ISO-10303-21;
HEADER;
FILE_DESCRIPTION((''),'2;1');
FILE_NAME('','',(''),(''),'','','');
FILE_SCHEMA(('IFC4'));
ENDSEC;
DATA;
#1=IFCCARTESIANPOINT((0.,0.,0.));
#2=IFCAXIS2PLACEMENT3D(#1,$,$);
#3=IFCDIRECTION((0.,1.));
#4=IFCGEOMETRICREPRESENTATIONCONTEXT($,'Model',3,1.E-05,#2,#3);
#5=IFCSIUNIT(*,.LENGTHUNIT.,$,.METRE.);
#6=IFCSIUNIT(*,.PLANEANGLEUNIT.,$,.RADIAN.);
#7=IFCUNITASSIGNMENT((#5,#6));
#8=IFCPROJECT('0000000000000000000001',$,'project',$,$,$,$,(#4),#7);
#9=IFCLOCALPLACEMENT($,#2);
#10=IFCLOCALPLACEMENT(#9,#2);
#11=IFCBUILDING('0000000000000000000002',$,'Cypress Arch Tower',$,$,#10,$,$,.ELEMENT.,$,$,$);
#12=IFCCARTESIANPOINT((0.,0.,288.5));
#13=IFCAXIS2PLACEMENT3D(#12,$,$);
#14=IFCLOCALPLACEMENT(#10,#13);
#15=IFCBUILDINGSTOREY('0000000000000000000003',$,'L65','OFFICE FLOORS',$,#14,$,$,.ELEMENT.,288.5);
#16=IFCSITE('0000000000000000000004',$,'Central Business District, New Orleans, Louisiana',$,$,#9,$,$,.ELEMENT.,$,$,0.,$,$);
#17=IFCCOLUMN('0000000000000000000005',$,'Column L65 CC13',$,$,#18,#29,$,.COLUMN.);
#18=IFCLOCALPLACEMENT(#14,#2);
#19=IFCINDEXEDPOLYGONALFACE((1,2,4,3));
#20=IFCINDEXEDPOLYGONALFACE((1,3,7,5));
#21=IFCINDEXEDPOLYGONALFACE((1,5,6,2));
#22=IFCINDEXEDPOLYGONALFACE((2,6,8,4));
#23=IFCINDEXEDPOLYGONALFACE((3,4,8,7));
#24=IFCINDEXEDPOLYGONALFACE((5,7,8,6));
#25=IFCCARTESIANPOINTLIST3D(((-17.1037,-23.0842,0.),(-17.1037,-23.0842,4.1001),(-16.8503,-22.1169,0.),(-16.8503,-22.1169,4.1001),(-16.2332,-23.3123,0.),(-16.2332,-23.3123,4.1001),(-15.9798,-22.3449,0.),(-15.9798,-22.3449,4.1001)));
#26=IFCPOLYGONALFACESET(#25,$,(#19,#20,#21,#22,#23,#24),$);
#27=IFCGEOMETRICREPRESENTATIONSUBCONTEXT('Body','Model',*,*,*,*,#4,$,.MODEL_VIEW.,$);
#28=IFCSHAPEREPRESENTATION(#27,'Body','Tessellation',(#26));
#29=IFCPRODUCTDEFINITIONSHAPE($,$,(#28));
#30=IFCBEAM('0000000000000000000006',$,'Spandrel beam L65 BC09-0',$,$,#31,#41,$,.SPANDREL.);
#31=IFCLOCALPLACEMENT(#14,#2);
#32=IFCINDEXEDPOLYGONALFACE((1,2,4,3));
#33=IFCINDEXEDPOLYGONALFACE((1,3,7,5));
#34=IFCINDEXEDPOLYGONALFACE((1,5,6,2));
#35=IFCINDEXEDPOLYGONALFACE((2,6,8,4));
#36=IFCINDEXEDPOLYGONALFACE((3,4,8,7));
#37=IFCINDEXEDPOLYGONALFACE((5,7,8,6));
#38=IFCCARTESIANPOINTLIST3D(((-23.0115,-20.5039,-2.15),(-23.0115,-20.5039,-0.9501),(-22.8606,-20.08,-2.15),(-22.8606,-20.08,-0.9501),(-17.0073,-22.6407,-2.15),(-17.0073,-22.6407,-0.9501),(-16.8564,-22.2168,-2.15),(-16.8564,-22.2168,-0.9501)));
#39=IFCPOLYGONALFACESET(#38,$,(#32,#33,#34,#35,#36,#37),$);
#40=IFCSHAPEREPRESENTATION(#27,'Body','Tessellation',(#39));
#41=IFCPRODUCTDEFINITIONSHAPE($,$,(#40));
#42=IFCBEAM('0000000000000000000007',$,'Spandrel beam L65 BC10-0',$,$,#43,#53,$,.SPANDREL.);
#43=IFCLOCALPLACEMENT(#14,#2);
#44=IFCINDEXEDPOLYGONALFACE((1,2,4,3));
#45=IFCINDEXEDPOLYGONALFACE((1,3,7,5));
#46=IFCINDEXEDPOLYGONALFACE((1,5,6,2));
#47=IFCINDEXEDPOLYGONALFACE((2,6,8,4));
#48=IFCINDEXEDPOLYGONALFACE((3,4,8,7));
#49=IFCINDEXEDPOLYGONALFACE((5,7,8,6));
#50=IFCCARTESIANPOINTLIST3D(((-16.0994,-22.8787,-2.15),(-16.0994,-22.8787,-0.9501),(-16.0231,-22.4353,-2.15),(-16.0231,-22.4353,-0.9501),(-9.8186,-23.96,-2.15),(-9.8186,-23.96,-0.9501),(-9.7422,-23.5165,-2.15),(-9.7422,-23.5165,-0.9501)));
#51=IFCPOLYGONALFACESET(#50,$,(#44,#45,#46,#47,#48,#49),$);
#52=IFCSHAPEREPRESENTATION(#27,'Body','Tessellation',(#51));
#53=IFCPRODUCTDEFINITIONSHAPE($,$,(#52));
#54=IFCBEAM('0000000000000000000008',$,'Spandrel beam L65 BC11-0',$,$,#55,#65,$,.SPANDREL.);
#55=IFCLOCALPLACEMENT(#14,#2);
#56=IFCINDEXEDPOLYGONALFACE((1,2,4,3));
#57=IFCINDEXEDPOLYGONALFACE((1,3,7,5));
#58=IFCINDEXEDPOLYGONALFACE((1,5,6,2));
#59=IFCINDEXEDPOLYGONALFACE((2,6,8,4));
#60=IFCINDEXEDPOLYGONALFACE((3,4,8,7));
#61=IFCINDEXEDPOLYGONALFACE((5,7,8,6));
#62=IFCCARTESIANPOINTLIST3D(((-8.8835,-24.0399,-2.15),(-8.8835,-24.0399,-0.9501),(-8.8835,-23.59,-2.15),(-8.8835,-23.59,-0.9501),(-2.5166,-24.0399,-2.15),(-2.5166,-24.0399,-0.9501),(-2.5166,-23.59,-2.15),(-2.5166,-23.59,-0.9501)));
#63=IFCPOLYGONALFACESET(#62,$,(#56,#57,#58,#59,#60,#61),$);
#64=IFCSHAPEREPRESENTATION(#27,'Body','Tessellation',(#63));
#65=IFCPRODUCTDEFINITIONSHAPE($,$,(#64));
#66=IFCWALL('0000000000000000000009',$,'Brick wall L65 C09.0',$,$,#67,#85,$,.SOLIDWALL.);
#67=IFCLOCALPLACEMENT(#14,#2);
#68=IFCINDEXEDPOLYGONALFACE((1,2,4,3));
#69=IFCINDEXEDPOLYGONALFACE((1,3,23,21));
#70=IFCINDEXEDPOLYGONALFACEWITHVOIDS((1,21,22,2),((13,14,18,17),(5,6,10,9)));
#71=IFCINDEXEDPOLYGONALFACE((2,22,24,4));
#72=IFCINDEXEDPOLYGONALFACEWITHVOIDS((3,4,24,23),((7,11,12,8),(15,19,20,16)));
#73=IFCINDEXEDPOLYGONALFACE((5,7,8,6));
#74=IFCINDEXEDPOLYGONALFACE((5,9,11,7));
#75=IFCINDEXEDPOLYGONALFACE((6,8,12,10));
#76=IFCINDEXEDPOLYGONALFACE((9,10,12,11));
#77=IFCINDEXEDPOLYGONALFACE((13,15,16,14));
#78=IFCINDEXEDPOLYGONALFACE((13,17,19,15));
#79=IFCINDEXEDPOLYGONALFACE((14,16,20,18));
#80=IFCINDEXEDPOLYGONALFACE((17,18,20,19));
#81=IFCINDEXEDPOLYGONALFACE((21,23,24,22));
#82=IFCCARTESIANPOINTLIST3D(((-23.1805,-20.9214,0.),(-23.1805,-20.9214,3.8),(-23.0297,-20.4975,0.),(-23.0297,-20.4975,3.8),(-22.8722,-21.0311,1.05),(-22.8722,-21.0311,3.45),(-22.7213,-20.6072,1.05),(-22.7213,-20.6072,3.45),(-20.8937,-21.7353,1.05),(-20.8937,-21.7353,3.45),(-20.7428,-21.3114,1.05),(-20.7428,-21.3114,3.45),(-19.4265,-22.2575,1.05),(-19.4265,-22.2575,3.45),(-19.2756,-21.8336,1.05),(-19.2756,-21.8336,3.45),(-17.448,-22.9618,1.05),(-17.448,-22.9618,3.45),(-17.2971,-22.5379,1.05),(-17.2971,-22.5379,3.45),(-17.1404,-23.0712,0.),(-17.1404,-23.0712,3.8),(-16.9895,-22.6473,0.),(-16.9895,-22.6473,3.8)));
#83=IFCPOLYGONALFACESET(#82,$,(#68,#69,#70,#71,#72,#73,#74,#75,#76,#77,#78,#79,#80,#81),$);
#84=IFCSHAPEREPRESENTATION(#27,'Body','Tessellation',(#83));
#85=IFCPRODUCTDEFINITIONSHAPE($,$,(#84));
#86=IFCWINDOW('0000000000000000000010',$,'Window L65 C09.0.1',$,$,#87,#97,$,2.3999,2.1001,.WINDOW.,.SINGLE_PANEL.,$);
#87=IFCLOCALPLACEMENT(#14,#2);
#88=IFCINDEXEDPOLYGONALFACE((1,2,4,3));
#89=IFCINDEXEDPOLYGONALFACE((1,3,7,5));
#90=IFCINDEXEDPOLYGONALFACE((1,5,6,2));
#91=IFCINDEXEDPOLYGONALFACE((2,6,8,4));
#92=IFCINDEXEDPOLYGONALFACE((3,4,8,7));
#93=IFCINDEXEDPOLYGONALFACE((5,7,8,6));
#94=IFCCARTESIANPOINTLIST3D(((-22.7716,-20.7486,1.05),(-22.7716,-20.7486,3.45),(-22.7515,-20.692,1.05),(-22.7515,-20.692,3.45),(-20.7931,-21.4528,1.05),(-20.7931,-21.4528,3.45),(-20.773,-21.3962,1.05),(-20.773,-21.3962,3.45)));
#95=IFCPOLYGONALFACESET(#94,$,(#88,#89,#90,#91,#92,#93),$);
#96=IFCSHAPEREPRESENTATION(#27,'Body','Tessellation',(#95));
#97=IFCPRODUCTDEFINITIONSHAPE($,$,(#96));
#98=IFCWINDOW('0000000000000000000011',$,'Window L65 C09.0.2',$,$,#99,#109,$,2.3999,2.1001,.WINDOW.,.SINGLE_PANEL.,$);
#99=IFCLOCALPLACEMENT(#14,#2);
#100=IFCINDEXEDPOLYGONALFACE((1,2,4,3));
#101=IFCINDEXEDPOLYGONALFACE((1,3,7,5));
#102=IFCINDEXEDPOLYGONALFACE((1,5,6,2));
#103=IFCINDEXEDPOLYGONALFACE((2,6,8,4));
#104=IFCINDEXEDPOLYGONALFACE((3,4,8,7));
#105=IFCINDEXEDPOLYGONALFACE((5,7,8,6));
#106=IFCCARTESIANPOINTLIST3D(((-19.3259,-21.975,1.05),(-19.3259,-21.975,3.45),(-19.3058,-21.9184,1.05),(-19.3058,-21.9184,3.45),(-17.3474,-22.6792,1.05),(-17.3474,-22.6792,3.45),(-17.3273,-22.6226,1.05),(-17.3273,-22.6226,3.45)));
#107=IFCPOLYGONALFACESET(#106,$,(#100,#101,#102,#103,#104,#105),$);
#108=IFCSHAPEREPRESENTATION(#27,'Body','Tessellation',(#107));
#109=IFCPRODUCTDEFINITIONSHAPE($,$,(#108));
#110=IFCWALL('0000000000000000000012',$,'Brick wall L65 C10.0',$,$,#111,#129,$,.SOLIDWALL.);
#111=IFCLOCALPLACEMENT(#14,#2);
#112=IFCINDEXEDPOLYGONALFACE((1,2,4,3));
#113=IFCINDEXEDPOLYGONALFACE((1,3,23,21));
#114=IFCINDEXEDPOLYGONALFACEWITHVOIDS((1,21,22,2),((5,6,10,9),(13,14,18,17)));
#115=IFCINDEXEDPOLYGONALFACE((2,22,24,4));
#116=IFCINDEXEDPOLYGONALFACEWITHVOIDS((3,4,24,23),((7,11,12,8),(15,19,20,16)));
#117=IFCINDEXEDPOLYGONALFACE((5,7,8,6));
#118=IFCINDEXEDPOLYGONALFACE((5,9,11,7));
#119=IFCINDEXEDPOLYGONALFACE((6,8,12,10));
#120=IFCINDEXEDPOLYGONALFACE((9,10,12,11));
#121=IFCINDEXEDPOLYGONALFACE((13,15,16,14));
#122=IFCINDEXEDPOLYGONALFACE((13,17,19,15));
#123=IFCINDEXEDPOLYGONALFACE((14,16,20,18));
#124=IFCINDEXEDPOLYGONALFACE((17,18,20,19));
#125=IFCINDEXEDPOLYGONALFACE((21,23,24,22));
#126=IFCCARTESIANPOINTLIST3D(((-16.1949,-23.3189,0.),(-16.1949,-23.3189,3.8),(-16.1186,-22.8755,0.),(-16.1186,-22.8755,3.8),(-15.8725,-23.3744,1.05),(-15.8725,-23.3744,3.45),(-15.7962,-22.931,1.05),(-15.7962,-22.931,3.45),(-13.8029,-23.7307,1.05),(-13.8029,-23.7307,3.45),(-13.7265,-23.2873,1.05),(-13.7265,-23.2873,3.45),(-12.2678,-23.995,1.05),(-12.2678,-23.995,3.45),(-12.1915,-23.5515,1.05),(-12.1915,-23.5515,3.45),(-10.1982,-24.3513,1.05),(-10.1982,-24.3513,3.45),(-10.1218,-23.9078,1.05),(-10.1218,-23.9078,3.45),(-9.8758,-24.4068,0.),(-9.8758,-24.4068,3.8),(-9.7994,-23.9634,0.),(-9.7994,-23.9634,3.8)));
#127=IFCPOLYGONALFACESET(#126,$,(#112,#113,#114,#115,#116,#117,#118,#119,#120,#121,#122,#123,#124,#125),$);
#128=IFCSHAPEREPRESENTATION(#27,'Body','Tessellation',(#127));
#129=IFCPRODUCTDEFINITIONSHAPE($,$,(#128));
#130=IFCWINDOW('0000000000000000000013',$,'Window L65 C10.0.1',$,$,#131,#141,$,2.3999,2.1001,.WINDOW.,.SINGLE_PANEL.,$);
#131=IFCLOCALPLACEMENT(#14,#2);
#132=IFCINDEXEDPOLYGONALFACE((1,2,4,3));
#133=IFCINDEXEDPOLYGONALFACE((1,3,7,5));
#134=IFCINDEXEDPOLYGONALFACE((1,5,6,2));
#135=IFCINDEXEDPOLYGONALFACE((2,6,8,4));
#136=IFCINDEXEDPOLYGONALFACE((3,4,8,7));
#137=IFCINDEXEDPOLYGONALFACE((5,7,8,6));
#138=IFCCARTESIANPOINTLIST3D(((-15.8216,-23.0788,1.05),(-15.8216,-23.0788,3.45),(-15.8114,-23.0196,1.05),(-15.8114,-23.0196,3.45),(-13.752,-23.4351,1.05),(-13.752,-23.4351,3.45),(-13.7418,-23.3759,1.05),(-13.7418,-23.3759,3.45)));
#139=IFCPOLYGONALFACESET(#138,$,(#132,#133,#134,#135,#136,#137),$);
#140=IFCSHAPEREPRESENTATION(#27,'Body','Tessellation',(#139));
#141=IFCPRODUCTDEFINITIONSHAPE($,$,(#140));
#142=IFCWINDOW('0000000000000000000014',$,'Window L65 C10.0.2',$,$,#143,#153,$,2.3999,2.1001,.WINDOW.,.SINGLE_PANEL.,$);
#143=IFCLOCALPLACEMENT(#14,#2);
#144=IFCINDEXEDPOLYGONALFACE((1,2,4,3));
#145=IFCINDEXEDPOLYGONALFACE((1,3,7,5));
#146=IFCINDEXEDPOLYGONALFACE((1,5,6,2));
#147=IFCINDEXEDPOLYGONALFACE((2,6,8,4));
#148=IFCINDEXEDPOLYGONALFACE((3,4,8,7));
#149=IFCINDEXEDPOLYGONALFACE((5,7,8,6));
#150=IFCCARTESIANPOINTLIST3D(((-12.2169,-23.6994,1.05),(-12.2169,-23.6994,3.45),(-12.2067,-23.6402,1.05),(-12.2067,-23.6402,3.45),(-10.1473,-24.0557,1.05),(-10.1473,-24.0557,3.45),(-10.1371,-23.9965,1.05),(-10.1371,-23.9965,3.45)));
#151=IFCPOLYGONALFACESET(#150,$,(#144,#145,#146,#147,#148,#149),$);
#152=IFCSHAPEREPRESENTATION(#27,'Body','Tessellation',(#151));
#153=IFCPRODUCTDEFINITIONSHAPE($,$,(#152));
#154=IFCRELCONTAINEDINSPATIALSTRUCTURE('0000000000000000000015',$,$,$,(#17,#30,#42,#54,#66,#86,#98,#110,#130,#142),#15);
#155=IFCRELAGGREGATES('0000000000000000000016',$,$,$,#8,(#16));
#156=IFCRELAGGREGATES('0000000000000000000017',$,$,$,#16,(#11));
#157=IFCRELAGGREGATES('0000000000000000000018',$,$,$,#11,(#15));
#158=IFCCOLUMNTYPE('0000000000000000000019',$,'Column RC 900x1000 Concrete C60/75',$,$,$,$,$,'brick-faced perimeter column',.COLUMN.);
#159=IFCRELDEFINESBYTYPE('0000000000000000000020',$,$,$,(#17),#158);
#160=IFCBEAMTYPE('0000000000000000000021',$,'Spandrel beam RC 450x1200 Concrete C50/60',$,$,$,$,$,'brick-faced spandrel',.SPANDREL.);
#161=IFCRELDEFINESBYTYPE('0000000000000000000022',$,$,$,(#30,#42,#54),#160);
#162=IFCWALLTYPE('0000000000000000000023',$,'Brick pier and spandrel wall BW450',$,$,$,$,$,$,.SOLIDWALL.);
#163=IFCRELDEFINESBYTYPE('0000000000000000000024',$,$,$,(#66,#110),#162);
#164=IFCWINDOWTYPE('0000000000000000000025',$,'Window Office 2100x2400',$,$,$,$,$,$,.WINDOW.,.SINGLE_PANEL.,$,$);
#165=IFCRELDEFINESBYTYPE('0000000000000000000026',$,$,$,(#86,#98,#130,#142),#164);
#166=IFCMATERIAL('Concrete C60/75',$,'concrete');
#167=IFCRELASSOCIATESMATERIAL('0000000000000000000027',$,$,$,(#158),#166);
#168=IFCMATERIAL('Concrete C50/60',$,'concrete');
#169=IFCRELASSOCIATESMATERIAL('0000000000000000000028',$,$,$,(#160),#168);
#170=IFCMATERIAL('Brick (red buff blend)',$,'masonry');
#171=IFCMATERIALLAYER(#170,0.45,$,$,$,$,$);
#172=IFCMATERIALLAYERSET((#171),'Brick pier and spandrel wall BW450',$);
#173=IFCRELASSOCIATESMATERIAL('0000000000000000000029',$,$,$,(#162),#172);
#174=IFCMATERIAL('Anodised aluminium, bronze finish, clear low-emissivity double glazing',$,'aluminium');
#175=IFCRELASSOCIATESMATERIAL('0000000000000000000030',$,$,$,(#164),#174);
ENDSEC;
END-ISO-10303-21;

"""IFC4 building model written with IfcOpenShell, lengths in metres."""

from ifc_helpers import new_model, si_unit, direction, frame, frame_2d, origin, origin_2d, place, context, subcontext, project, spatial, rectangle, extrude, material, layer, layer_set, material_profile, profile_set, type_object, element, fill, save


model = new_model("IFC4")

# Units and contexts
model_context = context("Model", 3, precision=1e-05, world=origin(), true_north=direction((0.0, 1.0)))
body_context = subcontext(model_context, "Body", "Model", "MODEL_VIEW")
ifc_project = project(units=[si_unit("LENGTHUNIT", "METRE"), si_unit("PLANEANGLEUNIT", "RADIAN")], contexts=[model_context])

# Site, building, storey
site_placement = place(None, origin())
site = spatial("IfcSite", under=ifc_project, at=site_placement, Name="Central Business District, New Orleans, Louisiana", CompositionType="ELEMENT", RefElevation=0.0)
building_placement = place(site_placement, origin())
building = spatial("IfcBuilding", under=site, at=building_placement, Name="Cypress Arch Tower", CompositionType="ELEMENT")
storey_placement = place(building_placement, frame((0.0, 0.0, 288.5)))
storey = spatial("IfcBuildingStorey", under=building, at=storey_placement, Name="L65", Description="OFFICE FLOORS", CompositionType="ELEMENT", Elevation=288.5)

# Column
ifc_material_1 = material(Name="Concrete C60/75", Category="concrete")
ifc_material_profile_1 = material_profile(ifc_material_1, rectangle(XDim=0.8999, YDim=1.0, at=origin_2d()), Name="RC 900x1000")
ifc_profile_set_1 = profile_set([ifc_material_profile_1], Name="Concrete C60/75")
column_type = type_object("IfcColumnType", Name="Column RC 900x1000 Concrete C60/75", ElementType="brick-faced perimeter column", PredefinedType="COLUMN", material=ifc_profile_set_1)
column_placement = place(storey_placement, frame((-16.5417, -22.7146, 0.0), z_axis=(0.0, 0.0, 1.0), x_axis=(0.967356, -0.253422, 0.0)))
element("IfcColumn", 1, at=column_placement, inside=storey, type_object=column_type, Name="Column L65 CC13", PredefinedType="COLUMN", context=body_context, shape_type="SweptSolid", body=[
    extrude(rectangle(XDim=0.8999, YDim=1.0, at=origin_2d()), origin(), (0.0, 0.0, 1.0), 4.1001),
])

# Beams
ifc_material_2 = material(Name="Concrete C50/60", Category="concrete")
ifc_material_profile_2 = material_profile(ifc_material_2, rectangle(XDim=0.45, YDim=1.2, at=origin_2d()), Name="RC 450x1200")
ifc_profile_set_2 = profile_set([ifc_material_profile_2], Name="Concrete C50/60")
beam_type = type_object("IfcBeamType", Name="Spandrel beam RC 450x1200 Concrete C50/60", ElementType="brick-faced spandrel", PredefinedType="SPANDREL", material=ifc_profile_set_2)
beam_1_placement = place(storey_placement, frame((-22.936, -20.292, -1.55), z_axis=(0.94212, -0.335276, 0.0), x_axis=(0.335276, 0.94212, 0.0)))
element("IfcBeam", 2, at=beam_1_placement, inside=storey, type_object=beam_type, Name="Spandrel beam L65 BC09-0", PredefinedType="SPANDREL", context=body_context, shape_type="SweptSolid", body=[
    extrude(rectangle(XDim=0.45, YDim=1.2, at=origin_2d()), origin(), (0.0, 0.0, 1.0), 6.373),
])
beam_2_placement = place(storey_placement, frame((-16.0613, -22.657, -1.55), z_axis=(0.985503, -0.169658, 0.0), x_axis=(0.169658, 0.985503, 0.0)))
element("IfcBeam", 3, at=beam_2_placement, inside=storey, type_object=beam_type, Name="Spandrel beam L65 BC10-0", PredefinedType="SPANDREL", context=body_context, shape_type="SweptSolid", body=[
    extrude(rectangle(XDim=0.45, YDim=1.2, at=origin_2d()), origin(), (0.0, 0.0, 1.0), 6.3733),
])
beam_3_placement = place(storey_placement, frame((-8.8835, -23.8149, -1.55), z_axis=(1.0, 0.0, 0.0), x_axis=(0.0, 1.0, 0.0)))
element("IfcBeam", 4, at=beam_3_placement, inside=storey, type_object=beam_type, Name="Spandrel beam L65 BC11-0", PredefinedType="SPANDREL", context=body_context, shape_type="SweptSolid", body=[
    extrude(rectangle(XDim=0.45, YDim=1.2, at=origin_2d()), origin(), (0.0, 0.0, 1.0), 6.3669),
])

# Walls, openings, windows
ifc_material_3 = material(Name="Brick (red buff blend)", Category="masonry")
ifc_layer_1 = layer(ifc_material_3, 0.45)
ifc_layer_set_1 = layer_set([ifc_layer_1], Name="Brick pier and spandrel wall BW450")
wall_type_1 = type_object("IfcWallType", Name="Brick pier and spandrel wall BW450", PredefinedType="SOLIDWALL", material=ifc_layer_set_1)
wall_1_placement = place(storey_placement, frame((-23.105, -20.7095, 0.0), z_axis=(0.0, 0.0, 1.0), x_axis=(0.942104, -0.335321, 0.0)))
wall_1 = element("IfcWall", 5, at=wall_1_placement, inside=storey, type_object=wall_type_1, Name="Brick wall L65 C09.0", PredefinedType="SOLIDWALL", context=body_context, shape_type="SweptSolid", body=[
    extrude(rectangle(XDim=6.4114, YDim=0.45, at=frame_2d((3.2056, 0.0))), origin(), (0.0, 0.0, 1.0), 3.8),
])
opening_1_placement = place(wall_1_placement, frame((0.3271, 0.0, 1.05)))
opening_1 = element("IfcOpeningElement", 6, at=opening_1_placement, cuts=wall_1, PredefinedType="OPENING", context=body_context, shape_type="SweptSolid", body=[
    extrude(rectangle(XDim=2.1001, YDim=2.3999, at=frame_2d((1.05, 1.2))), frame((0.0, 0.2349, 0.0), z_axis=(0.0, -1.0, 0.0), x_axis=(1.0, 0.0, 0.0)), (0.0, 0.0, 1.0), 0.47),
])
opening_2_placement = place(wall_1_placement, frame((3.9846, 0.0, 1.05)))
opening_2 = element("IfcOpeningElement", 7, at=opening_2_placement, cuts=wall_1, PredefinedType="OPENING", context=body_context, shape_type="SweptSolid", body=[
    extrude(rectangle(XDim=2.1001, YDim=2.3999, at=frame_2d((1.05, 1.2))), frame((0.0, 0.2349, 0.0), z_axis=(0.0, -1.0, 0.0), x_axis=(1.0, 0.0, 0.0)), (0.0, 0.0, 1.0), 0.47),
])
ifc_material_4 = material(Name="Anodised aluminium, bronze finish, clear low-emissivity double glazing", Category="aluminium")
window_type = type_object("IfcWindowType", Name="Window Office 2100x2400", PartitioningType="SINGLE_PANEL", PredefinedType="WINDOW", material=ifc_material_4)
window_1_placement = place(opening_1_placement, origin())
window_1 = element("IfcWindow", 8, at=window_1_placement, inside=storey, type_object=window_type, Name="Window L65 C09.0.1", OverallHeight=2.3999, OverallWidth=2.1001, PartitioningType="SINGLE_PANEL", PredefinedType="WINDOW", context=body_context, shape_type="SweptSolid", body=[
    extrude(rectangle(XDim=2.1001, YDim=2.3999, at=frame_2d((1.05, 1.2))), frame((0.0, 0.135, 0.0), z_axis=(0.0, -1.0, 0.0), x_axis=(1.0, 0.0, 0.0)), (0.0, 0.0, 1.0), 0.0601),
])
fill(opening_1, window_1)
window_2_placement = place(opening_2_placement, origin())
window_2 = element("IfcWindow", 9, at=window_2_placement, inside=storey, type_object=window_type, Name="Window L65 C09.0.2", OverallHeight=2.3999, OverallWidth=2.1001, PartitioningType="SINGLE_PANEL", PredefinedType="WINDOW", context=body_context, shape_type="SweptSolid", body=[
    extrude(rectangle(XDim=2.1001, YDim=2.3999, at=frame_2d((1.05, 1.2))), frame((0.0, 0.135, 0.0), z_axis=(0.0, -1.0, 0.0), x_axis=(1.0, 0.0, 0.0)), (0.0, 0.0, 1.0), 0.0601),
])
fill(opening_2, window_2)
wall_2_placement = place(storey_placement, frame((-16.1567, -23.0972, 0.0), z_axis=(0.0, 0.0, 1.0), x_axis=(0.985502, -0.169663, 0.0)))
wall_2 = element("IfcWall", 10, at=wall_2_placement, inside=storey, type_object=wall_type_1, Name="Brick wall L65 C10.0", PredefinedType="SOLIDWALL", context=body_context, shape_type="SweptSolid", body=[
    extrude(rectangle(XDim=6.4121, YDim=0.45, at=frame_2d((3.2061, 0.0))), origin(), (0.0, 0.0, 1.0), 3.8),
])
opening_3_placement = place(wall_2_placement, frame((0.3271, 0.0, 1.05)))
opening_3 = element("IfcOpeningElement", 11, at=opening_3_placement, cuts=wall_2, PredefinedType="OPENING", context=body_context, shape_type="SweptSolid", body=[
    extrude(rectangle(XDim=2.1001, YDim=2.3999, at=frame_2d((1.05, 1.2))), frame((0.0, 0.2349, 0.0), z_axis=(0.0, -1.0, 0.0), x_axis=(1.0, 0.0, 0.0)), (0.0, 0.0, 1.0), 0.47),
])
opening_4_placement = place(wall_2_placement, frame((3.9849, 0.0, 1.05)))
opening_4 = element("IfcOpeningElement", 12, at=opening_4_placement, cuts=wall_2, PredefinedType="OPENING", context=body_context, shape_type="SweptSolid", body=[
    extrude(rectangle(XDim=2.1001, YDim=2.3999, at=frame_2d((1.05, 1.2))), frame((0.0, 0.2349, 0.0), z_axis=(0.0, -1.0, 0.0), x_axis=(1.0, 0.0, 0.0)), (0.0, 0.0, 1.0), 0.47),
])
window_3_placement = place(opening_3_placement, origin())
window_3 = element("IfcWindow", 13, at=window_3_placement, inside=storey, type_object=window_type, Name="Window L65 C10.0.1", OverallHeight=2.3999, OverallWidth=2.1001, PartitioningType="SINGLE_PANEL", PredefinedType="WINDOW", context=body_context, shape_type="SweptSolid", body=[
    extrude(rectangle(XDim=2.1001, YDim=2.3999, at=frame_2d((1.05, 1.2))), frame((0.0, 0.135, 0.0), z_axis=(0.0, -1.0, 0.0), x_axis=(1.0, 0.0, 0.0)), (0.0, 0.0, 1.0), 0.0601),
])
fill(opening_3, window_3)
window_4_placement = place(opening_4_placement, origin())
window_4 = element("IfcWindow", 14, at=window_4_placement, inside=storey, type_object=window_type, Name="Window L65 C10.0.2", OverallHeight=2.3999, OverallWidth=2.1001, PartitioningType="SINGLE_PANEL", PredefinedType="WINDOW", context=body_context, shape_type="SweptSolid", body=[
    extrude(rectangle(XDim=2.1001, YDim=2.3999, at=frame_2d((1.05, 1.2))), frame((0.0, 0.135, 0.0), z_axis=(0.0, -1.0, 0.0), x_axis=(1.0, 0.0, 0.0)), (0.0, 0.0, 1.0), 0.0601),
])
fill(opening_4, window_4)

save(model, "model.ifc")
